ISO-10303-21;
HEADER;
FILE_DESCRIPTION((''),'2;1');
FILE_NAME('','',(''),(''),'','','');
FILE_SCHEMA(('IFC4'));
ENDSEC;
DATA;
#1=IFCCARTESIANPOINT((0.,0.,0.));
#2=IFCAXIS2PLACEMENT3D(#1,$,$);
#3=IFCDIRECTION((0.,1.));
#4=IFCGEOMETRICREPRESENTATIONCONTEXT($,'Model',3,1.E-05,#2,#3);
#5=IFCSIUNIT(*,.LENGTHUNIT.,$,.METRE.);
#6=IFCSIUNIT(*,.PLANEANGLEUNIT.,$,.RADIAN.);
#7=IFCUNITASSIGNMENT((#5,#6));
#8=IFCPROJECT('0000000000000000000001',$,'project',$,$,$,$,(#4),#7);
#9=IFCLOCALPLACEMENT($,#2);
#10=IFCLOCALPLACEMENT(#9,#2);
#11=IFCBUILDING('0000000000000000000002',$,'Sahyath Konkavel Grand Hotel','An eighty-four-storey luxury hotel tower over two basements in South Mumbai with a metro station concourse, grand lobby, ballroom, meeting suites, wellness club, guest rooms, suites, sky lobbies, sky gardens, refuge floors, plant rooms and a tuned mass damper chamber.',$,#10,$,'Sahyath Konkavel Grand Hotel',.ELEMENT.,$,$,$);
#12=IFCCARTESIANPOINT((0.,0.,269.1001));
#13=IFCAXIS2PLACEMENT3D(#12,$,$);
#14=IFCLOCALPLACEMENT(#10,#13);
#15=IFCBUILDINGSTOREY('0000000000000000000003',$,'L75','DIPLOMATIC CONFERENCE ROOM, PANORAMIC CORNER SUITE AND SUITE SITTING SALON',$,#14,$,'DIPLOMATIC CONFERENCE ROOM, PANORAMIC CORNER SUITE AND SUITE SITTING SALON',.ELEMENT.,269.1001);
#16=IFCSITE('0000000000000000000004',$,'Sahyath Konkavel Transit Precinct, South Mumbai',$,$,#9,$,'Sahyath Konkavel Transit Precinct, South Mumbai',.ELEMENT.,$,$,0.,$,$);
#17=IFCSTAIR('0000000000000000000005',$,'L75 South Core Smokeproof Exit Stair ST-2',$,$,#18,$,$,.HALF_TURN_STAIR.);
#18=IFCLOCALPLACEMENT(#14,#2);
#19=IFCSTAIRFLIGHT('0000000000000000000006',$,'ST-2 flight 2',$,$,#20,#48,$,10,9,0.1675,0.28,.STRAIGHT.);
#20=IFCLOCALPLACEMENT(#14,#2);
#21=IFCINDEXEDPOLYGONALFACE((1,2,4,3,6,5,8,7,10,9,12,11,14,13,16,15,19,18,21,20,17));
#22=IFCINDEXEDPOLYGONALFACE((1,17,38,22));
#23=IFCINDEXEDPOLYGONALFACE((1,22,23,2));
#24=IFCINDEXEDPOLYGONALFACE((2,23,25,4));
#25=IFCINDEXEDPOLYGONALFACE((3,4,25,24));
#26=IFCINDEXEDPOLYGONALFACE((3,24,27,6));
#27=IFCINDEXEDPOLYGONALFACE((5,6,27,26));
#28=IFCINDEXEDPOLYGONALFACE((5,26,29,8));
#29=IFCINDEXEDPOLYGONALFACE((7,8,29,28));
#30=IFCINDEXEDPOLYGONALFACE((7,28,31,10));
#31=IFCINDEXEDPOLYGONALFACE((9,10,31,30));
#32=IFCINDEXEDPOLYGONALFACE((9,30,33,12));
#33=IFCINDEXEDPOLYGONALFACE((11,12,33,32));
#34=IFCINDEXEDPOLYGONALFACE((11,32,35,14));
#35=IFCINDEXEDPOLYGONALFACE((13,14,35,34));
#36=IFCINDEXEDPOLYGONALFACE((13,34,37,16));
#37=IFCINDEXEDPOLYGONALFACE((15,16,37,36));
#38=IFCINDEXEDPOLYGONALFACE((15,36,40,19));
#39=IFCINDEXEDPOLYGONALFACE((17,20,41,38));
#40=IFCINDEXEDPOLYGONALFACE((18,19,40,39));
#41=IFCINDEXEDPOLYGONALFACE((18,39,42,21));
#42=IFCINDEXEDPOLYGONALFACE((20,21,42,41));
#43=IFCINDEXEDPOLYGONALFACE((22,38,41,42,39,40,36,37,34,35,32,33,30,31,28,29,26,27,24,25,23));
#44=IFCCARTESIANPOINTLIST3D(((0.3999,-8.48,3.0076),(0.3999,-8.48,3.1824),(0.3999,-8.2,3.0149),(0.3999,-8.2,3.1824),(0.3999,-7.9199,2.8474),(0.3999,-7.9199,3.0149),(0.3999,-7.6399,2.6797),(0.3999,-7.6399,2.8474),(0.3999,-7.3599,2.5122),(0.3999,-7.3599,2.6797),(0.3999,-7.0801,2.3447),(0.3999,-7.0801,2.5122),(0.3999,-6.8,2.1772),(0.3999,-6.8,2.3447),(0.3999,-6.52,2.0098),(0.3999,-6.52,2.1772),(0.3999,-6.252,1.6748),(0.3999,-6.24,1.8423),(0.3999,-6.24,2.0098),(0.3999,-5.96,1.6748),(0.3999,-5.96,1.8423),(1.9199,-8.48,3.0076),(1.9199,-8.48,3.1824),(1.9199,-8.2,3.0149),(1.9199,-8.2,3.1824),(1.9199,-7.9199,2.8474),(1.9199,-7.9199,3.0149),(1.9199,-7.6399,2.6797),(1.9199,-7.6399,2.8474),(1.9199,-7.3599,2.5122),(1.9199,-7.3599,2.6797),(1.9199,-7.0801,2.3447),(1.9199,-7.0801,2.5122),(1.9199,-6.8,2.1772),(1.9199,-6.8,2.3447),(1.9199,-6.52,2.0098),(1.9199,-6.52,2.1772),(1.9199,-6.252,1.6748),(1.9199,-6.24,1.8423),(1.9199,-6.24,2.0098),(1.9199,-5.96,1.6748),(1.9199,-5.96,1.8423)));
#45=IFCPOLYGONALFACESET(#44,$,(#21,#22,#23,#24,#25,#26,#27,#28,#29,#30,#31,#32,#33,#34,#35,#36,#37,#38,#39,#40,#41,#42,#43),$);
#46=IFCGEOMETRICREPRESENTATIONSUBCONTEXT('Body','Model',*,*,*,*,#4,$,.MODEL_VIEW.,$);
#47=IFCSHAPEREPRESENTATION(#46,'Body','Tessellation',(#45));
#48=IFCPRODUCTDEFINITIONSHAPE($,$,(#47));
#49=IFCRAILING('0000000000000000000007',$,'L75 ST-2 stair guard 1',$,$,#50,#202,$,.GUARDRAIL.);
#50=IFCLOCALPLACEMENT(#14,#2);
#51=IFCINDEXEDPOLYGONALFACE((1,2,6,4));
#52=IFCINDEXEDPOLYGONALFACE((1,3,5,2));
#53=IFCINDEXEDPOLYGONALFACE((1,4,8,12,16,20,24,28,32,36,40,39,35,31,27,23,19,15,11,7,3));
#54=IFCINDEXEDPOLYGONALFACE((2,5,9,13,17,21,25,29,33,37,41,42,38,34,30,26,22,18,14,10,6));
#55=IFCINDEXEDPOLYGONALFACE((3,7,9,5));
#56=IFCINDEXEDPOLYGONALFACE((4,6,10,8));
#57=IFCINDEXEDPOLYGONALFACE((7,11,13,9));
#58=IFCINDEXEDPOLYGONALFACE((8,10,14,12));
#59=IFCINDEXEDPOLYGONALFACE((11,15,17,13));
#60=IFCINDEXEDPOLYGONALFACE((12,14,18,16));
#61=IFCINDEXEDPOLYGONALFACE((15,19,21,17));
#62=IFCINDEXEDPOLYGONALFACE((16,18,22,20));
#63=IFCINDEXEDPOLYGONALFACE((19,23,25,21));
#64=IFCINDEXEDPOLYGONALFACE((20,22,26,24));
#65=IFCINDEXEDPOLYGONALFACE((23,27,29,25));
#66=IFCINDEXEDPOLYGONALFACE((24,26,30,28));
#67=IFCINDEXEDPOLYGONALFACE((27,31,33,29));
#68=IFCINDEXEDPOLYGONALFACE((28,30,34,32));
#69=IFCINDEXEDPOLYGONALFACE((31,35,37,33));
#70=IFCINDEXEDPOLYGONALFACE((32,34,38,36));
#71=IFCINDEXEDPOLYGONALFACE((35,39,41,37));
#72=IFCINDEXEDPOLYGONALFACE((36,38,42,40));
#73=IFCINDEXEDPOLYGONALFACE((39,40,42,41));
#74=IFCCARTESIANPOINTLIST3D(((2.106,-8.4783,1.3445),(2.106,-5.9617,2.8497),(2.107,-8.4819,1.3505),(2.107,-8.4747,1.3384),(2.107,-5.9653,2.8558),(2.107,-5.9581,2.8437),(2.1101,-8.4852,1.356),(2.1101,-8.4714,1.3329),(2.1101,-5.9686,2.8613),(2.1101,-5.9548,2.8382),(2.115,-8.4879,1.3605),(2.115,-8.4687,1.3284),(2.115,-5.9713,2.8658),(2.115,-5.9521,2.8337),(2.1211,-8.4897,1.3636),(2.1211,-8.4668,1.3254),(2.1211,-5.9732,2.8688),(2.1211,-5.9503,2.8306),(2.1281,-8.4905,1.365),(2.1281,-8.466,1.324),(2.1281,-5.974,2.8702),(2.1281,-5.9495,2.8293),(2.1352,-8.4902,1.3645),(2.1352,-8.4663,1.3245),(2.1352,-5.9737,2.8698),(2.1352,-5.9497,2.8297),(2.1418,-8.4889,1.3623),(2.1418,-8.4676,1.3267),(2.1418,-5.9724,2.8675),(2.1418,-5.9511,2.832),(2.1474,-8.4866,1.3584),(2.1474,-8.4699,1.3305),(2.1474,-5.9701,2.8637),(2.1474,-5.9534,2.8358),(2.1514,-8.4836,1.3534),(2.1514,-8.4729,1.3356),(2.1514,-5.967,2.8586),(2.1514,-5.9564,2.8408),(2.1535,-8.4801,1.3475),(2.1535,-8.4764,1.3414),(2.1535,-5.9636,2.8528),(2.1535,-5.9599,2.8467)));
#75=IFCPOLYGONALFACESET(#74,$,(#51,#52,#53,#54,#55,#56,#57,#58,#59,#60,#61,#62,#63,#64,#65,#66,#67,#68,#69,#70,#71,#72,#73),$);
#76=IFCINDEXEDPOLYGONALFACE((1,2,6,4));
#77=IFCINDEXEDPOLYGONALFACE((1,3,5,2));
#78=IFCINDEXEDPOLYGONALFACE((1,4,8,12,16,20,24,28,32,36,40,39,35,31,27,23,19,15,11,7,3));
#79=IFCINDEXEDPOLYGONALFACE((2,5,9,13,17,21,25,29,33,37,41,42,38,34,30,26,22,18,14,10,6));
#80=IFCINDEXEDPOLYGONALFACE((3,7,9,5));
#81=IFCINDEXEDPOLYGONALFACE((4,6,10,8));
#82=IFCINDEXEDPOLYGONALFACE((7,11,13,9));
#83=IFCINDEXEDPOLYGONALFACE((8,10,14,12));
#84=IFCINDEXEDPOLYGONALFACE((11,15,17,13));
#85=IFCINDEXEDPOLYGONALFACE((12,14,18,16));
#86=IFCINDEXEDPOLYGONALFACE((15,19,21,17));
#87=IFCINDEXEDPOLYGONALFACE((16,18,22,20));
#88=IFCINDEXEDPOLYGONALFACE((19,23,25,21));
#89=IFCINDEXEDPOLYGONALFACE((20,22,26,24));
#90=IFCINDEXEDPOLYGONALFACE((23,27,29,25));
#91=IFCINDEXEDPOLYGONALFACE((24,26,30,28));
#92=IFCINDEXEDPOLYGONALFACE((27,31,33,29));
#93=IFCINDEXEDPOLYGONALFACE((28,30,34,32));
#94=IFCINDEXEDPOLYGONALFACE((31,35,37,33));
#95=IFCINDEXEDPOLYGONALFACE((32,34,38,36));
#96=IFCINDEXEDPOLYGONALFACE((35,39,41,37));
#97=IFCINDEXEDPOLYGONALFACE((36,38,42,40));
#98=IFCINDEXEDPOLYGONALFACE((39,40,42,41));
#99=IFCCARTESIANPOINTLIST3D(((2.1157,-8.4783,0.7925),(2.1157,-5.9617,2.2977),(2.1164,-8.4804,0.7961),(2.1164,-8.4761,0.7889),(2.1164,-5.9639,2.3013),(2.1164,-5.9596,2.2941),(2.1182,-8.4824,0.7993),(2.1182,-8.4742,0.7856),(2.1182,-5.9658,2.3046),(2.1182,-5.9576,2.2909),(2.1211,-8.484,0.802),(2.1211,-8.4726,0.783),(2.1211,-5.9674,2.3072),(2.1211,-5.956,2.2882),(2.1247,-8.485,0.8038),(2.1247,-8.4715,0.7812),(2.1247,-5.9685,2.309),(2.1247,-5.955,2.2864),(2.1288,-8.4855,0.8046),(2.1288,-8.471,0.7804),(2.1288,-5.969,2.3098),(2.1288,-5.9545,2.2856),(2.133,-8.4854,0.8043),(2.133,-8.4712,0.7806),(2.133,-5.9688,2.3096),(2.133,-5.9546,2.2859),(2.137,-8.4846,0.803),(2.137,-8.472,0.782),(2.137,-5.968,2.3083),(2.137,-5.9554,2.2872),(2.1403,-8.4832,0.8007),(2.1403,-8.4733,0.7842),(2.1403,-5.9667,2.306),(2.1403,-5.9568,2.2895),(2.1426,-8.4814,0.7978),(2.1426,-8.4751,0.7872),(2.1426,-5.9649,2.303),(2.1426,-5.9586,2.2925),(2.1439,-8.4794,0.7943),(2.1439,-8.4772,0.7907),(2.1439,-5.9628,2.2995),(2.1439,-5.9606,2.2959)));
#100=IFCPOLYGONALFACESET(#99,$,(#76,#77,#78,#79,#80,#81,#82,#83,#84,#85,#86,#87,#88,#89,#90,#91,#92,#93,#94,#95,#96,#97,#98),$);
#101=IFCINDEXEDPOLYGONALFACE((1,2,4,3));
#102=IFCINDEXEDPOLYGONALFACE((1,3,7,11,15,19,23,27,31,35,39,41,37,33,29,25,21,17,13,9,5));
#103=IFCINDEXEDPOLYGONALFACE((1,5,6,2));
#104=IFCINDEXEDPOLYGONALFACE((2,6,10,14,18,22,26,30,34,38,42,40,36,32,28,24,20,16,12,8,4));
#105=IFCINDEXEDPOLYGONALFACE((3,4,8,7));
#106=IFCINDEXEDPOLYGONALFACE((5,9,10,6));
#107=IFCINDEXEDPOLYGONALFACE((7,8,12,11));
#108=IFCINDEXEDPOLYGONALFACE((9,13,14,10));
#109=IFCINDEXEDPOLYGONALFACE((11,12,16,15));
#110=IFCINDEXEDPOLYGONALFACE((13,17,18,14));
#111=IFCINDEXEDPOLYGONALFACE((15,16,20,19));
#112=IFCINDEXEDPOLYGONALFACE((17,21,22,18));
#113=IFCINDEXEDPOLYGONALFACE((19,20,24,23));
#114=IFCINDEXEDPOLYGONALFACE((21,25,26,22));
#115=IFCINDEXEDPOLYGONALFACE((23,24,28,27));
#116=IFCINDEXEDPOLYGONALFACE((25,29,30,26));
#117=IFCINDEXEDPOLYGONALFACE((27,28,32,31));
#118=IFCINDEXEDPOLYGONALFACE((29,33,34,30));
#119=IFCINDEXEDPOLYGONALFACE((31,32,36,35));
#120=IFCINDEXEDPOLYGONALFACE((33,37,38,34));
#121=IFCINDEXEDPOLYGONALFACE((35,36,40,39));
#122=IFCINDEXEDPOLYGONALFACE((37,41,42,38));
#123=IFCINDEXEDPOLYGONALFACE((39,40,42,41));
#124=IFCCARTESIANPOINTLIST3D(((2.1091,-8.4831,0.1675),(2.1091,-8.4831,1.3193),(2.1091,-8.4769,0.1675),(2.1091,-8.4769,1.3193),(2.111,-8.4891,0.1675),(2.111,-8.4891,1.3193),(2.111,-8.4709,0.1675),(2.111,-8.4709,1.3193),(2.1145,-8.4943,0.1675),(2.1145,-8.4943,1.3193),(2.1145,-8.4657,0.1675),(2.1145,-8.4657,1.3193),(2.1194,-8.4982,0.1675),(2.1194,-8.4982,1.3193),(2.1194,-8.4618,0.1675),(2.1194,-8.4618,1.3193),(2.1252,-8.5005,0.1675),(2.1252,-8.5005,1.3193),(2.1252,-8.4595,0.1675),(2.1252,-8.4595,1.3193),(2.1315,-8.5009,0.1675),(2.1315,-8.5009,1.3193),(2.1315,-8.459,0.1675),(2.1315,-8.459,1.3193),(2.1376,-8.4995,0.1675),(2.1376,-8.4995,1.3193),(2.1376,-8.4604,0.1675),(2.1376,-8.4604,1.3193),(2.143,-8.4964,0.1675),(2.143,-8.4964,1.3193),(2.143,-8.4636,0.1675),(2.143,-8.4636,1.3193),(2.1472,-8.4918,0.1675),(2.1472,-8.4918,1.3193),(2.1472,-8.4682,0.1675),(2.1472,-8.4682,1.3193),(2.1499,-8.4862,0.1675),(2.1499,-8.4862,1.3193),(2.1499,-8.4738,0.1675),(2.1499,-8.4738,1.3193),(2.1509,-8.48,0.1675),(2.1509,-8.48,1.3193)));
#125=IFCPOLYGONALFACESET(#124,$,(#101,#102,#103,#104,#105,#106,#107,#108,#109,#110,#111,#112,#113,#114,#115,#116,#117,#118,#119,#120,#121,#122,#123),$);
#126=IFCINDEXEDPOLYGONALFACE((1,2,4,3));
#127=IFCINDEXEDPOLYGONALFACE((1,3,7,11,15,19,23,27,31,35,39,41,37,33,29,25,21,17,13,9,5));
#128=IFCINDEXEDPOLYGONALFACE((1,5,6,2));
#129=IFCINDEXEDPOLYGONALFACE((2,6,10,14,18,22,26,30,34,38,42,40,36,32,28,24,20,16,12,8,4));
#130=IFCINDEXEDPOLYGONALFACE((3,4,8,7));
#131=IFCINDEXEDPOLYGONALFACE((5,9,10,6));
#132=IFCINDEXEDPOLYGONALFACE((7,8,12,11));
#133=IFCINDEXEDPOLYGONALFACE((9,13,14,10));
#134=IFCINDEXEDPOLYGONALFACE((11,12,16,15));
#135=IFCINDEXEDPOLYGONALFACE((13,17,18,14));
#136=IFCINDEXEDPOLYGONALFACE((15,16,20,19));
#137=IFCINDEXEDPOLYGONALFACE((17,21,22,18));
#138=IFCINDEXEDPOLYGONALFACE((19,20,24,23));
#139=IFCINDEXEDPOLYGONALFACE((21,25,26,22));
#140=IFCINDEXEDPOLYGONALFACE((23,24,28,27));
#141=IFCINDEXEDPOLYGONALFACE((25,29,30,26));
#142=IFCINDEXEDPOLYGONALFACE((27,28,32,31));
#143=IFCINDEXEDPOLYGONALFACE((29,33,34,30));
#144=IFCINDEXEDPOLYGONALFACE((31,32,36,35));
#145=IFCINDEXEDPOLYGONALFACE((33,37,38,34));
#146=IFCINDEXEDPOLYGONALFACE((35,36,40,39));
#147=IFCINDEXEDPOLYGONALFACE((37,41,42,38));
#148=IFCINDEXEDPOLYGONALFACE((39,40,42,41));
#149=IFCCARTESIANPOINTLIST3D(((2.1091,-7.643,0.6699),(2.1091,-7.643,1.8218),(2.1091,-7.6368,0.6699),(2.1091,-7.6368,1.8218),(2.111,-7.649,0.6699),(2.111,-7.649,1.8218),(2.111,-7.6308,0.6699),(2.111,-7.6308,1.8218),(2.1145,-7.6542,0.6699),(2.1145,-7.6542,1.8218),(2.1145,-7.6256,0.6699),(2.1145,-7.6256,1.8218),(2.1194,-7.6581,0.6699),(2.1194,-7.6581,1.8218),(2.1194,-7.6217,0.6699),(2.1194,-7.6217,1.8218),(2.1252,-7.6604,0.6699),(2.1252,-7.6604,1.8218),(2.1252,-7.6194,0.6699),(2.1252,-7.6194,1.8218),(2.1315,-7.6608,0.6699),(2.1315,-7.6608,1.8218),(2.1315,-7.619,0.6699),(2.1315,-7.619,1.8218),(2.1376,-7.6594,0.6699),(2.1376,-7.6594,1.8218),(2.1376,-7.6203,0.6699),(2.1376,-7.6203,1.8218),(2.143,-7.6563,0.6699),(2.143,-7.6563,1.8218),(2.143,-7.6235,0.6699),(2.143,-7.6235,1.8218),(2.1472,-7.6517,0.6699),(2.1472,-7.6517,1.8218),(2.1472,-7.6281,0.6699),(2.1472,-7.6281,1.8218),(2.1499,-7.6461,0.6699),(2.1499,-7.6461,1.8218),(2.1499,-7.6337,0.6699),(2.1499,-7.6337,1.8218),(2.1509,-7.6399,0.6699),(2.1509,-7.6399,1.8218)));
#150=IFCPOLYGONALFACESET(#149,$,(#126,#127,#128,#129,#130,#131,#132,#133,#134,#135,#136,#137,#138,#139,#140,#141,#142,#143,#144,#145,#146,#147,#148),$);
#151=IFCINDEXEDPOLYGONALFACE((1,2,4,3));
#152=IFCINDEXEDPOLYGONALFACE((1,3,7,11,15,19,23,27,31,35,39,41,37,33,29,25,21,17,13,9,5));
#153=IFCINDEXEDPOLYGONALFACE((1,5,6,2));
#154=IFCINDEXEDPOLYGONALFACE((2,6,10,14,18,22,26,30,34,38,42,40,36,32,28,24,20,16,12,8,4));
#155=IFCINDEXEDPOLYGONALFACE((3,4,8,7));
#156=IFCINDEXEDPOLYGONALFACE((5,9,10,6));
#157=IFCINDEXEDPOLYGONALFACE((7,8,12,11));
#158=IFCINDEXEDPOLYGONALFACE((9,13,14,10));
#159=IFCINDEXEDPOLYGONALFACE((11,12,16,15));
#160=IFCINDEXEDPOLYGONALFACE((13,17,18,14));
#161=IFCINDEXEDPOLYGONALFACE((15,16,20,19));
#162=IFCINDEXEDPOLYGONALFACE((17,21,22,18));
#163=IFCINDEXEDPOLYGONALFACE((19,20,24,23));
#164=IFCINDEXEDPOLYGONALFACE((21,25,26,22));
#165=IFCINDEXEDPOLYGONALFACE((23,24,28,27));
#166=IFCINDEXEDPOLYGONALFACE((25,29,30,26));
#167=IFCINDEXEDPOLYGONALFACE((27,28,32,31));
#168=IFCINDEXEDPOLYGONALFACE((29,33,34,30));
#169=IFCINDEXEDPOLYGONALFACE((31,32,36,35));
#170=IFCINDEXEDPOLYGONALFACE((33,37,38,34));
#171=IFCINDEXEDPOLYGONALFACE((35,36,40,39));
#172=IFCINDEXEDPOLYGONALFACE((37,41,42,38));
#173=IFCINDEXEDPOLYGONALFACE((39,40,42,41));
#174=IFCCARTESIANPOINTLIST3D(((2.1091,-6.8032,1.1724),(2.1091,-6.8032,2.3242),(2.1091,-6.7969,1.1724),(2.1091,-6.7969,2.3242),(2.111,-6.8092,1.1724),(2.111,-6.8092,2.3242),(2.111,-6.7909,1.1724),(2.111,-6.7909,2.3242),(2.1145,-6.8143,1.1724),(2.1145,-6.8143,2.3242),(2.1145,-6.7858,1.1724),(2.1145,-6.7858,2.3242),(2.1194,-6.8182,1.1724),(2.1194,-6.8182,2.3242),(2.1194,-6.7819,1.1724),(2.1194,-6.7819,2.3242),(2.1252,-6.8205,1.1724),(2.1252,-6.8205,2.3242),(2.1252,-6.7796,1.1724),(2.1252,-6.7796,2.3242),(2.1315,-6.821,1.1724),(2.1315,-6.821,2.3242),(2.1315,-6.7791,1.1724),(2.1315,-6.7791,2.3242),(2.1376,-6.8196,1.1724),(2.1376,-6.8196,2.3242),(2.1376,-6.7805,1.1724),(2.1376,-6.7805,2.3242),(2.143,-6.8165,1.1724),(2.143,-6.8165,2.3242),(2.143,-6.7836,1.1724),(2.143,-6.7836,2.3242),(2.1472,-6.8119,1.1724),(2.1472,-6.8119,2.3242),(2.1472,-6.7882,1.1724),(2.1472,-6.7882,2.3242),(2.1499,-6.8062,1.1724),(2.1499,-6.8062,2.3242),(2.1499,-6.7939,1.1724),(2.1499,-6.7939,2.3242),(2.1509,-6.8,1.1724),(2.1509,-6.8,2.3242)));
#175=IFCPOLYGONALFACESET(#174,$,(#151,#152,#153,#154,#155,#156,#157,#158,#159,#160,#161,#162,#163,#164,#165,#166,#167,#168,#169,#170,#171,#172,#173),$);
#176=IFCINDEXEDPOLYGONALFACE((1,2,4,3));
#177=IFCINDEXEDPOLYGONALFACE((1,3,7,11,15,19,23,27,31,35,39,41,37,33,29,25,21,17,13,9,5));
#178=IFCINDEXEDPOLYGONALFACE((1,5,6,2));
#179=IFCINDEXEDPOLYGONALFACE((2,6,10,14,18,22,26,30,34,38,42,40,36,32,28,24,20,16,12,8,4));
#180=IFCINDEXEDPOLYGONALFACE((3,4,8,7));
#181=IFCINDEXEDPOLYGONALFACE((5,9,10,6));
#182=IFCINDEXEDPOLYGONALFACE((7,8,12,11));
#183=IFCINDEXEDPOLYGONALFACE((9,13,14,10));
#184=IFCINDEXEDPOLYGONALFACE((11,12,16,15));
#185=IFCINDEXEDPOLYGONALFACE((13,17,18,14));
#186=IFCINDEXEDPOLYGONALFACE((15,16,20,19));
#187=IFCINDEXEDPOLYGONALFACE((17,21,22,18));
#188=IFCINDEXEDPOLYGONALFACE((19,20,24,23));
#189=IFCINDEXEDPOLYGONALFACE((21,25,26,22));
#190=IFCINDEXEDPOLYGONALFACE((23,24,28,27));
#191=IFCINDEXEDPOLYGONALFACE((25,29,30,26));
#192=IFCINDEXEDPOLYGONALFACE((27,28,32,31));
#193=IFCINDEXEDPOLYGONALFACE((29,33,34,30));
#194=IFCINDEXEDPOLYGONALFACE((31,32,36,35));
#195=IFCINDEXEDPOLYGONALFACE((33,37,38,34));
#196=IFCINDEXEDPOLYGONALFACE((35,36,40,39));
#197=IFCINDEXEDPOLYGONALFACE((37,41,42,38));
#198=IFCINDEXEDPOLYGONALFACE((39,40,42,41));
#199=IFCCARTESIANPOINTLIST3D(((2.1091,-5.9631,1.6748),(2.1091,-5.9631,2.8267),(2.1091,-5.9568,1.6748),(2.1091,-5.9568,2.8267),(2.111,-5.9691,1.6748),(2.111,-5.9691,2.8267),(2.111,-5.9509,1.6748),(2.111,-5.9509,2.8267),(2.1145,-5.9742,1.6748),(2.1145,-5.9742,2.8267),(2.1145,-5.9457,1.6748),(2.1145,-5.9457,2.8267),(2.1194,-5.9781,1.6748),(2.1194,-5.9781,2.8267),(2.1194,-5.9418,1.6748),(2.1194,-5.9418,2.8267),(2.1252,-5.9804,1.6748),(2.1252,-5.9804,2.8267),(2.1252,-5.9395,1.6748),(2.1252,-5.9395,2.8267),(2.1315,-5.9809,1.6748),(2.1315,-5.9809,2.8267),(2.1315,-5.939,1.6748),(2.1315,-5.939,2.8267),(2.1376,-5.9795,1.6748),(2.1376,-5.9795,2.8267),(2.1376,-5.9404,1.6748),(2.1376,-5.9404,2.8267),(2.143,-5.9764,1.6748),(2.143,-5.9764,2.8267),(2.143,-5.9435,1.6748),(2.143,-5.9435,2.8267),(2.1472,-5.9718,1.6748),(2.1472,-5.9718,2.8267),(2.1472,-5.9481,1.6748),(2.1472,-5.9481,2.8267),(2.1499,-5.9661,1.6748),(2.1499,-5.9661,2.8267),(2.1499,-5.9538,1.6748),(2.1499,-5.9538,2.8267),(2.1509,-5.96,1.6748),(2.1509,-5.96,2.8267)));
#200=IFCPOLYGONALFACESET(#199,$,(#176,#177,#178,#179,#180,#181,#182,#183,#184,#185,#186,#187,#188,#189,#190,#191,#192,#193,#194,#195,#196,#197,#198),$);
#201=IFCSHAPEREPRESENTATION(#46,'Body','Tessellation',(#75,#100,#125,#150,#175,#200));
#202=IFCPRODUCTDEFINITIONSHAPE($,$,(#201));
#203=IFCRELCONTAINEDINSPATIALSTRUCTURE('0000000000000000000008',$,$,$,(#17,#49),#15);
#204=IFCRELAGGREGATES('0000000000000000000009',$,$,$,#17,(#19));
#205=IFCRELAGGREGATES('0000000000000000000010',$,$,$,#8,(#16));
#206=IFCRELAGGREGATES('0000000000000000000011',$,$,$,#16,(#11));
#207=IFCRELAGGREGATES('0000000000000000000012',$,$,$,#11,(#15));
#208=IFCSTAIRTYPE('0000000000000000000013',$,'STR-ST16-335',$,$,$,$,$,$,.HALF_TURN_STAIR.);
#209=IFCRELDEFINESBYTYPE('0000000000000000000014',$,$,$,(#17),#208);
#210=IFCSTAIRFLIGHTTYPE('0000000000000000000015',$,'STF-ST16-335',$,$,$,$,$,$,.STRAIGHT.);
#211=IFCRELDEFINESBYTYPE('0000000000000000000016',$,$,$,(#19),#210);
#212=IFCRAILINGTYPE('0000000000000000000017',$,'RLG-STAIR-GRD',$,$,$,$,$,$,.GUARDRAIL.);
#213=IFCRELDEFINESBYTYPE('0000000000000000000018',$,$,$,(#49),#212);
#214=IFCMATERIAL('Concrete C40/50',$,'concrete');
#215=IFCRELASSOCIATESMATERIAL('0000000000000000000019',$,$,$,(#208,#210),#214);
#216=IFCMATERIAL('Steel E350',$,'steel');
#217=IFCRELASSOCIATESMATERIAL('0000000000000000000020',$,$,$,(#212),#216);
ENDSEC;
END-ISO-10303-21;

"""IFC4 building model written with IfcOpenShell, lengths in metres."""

from ifc_helpers import new_model, si_unit, direction, frame, origin, origin_2d, place, context, subcontext, project, spatial, polyline, circle, outline, extrude, material, type_object, element, aggregate, save


model = new_model("IFC4")

# Units and contexts
model_context = context("Model", 3, precision=1e-05, world=origin(), true_north=direction((0.0, 1.0)))
body_context = subcontext(model_context, "Body", "Model", "MODEL_VIEW")
ifc_project = project(units=[si_unit("LENGTHUNIT", "METRE"), si_unit("PLANEANGLEUNIT", "RADIAN")], contexts=[model_context])

# Site, building, storey
site_placement = place(None, origin())
site = spatial("IfcSite", under=ifc_project, at=site_placement, Name="Sahyath Konkavel Transit Precinct, South Mumbai", LongName="Sahyath Konkavel Transit Precinct, South Mumbai", CompositionType="ELEMENT", RefElevation=0.0)
building_placement = place(site_placement, origin())
building = spatial("IfcBuilding", under=site, at=building_placement, Name="Sahyath Konkavel Grand Hotel", Description="An eighty-four-storey luxury hotel tower over two basements in South Mumbai with a metro station concourse, grand lobby, ballroom, meeting suites, wellness club, guest rooms, suites, sky lobbies, sky gardens, refuge floors, plant rooms and a tuned mass damper chamber.", LongName="Sahyath Konkavel Grand Hotel", CompositionType="ELEMENT")
storey_placement = place(building_placement, frame((0.0, 0.0, 269.1001)))
storey = spatial("IfcBuildingStorey", under=building, at=storey_placement, Name="L75", Description="DIPLOMATIC CONFERENCE ROOM, PANORAMIC CORNER SUITE AND SUITE SITTING SALON", LongName="DIPLOMATIC CONFERENCE ROOM, PANORAMIC CORNER SUITE AND SUITE SITTING SALON", CompositionType="ELEMENT", Elevation=269.1001)

# Shared definitions
ifc_material_1 = material(Name="Concrete C40/50", Category="concrete")

# Shared definitions
ifc_material_2 = material(Name="Steel E350", Category="steel")

# Stair, stair flight
stair_type = type_object("IfcStairType", Name="STR-ST16-335", PredefinedType="HALF_TURN_STAIR", material=ifc_material_1)
stair_placement = place(storey_placement, origin())
stair = element("IfcStair", 1, at=stair_placement, inside=storey, type_object=stair_type, Name="L75 South Core Smokeproof Exit Stair ST-2", PredefinedType="HALF_TURN_STAIR")
stair_flight_type = type_object("IfcStairFlightType", Name="STF-ST16-335", PredefinedType="STRAIGHT", material=ifc_material_1)
stair_flight_1_placement = place(storey_placement, frame((1.1599, -5.96, 1.6748), z_axis=(0.0, 0.0, 1.0), x_axis=(0.0, -1.0, 0.0)))
stair_flight_1 = element("IfcStairFlight", 2, at=stair_flight_1_placement, type_object=stair_flight_type, Name="ST-2 flight 2", NumberOfRisers=10, NumberOfTreads=9, PredefinedType="STRAIGHT", RiserHeight=0.1675, TreadLength=0.28, context=body_context, shape_type="SweptSolid", body=[
    extrude(outline(polyline([(0.0, 0.0), (0.0, 0.1675), (0.28, 0.1675), (0.28, 0.335), (0.5601, 0.335), (0.5601, 0.5024), (0.8401, 0.5024), (0.8401, 0.6699), (1.1201, 0.6699), (1.1201, 0.8374), (1.3999, 0.8374), (1.3999, 1.0049), (1.6799, 1.0049), (1.6799, 1.1726), (1.96, 1.1726), (1.96, 1.3401), (2.24, 1.3401), (2.24, 1.5076), (2.52, 1.5076), (2.52, 1.675), (2.52, 1.3328), (0.292, 0.0), (0.0, 0.0)])), frame((0.0, 0.76, 0.0), z_axis=(0.0, -1.0, 0.0), x_axis=(1.0, 0.0, 0.0)), (0.0, 0.0, 1.0), 1.52),
])
aggregate(stair, [stair_flight_1])

# Railing
railing_type_1 = type_object("IfcRailingType", Name="RLG-STAIR-GRD", PredefinedType="GUARDRAIL", material=ifc_material_2)
railing_1_placement = place(storey_placement, frame((2.1299, -8.48, 0.1675)))
element("IfcRailing", 3, at=railing_1_placement, inside=storey, type_object=railing_type_1, Name="L75 ST-2 stair guard 1", PredefinedType="GUARDRAIL", context=body_context, shape_type="SweptSolid", body=[
    extrude(circle(Radius=0.0239, at=origin_2d()), frame((0.0, 0.0017, 1.177), z_axis=(0.0, 0.858196, 0.513321), x_axis=(-1.0, 0.0, 0.0)), (0.0, 0.0, 1.0), 2.9324),
    extrude(circle(Radius=0.0142, at=origin_2d()), frame((0.0, 0.0017, 0.625), z_axis=(0.0, 0.858196, 0.513321), x_axis=(-1.0, 0.0, 0.0)), (0.0, 0.0, 1.0), 2.9324),
    extrude(circle(Radius=0.021, at=origin_2d()), origin(), (0.0, 0.0, 1.0), 1.1519),
    extrude(circle(Radius=0.021, at=origin_2d()), frame((0.0, 0.8401, 0.5024)), (0.0, 0.0, 1.0), 1.1519),
    extrude(circle(Radius=0.021, at=origin_2d()), frame((0.0, 1.6799, 1.0049)), (0.0, 0.0, 1.0), 1.1519),
    extrude(circle(Radius=0.021, at=origin_2d()), frame((0.0, 2.52, 1.5073)), (0.0, 0.0, 1.0), 1.1519),
])

save(model, "model.ifc")
